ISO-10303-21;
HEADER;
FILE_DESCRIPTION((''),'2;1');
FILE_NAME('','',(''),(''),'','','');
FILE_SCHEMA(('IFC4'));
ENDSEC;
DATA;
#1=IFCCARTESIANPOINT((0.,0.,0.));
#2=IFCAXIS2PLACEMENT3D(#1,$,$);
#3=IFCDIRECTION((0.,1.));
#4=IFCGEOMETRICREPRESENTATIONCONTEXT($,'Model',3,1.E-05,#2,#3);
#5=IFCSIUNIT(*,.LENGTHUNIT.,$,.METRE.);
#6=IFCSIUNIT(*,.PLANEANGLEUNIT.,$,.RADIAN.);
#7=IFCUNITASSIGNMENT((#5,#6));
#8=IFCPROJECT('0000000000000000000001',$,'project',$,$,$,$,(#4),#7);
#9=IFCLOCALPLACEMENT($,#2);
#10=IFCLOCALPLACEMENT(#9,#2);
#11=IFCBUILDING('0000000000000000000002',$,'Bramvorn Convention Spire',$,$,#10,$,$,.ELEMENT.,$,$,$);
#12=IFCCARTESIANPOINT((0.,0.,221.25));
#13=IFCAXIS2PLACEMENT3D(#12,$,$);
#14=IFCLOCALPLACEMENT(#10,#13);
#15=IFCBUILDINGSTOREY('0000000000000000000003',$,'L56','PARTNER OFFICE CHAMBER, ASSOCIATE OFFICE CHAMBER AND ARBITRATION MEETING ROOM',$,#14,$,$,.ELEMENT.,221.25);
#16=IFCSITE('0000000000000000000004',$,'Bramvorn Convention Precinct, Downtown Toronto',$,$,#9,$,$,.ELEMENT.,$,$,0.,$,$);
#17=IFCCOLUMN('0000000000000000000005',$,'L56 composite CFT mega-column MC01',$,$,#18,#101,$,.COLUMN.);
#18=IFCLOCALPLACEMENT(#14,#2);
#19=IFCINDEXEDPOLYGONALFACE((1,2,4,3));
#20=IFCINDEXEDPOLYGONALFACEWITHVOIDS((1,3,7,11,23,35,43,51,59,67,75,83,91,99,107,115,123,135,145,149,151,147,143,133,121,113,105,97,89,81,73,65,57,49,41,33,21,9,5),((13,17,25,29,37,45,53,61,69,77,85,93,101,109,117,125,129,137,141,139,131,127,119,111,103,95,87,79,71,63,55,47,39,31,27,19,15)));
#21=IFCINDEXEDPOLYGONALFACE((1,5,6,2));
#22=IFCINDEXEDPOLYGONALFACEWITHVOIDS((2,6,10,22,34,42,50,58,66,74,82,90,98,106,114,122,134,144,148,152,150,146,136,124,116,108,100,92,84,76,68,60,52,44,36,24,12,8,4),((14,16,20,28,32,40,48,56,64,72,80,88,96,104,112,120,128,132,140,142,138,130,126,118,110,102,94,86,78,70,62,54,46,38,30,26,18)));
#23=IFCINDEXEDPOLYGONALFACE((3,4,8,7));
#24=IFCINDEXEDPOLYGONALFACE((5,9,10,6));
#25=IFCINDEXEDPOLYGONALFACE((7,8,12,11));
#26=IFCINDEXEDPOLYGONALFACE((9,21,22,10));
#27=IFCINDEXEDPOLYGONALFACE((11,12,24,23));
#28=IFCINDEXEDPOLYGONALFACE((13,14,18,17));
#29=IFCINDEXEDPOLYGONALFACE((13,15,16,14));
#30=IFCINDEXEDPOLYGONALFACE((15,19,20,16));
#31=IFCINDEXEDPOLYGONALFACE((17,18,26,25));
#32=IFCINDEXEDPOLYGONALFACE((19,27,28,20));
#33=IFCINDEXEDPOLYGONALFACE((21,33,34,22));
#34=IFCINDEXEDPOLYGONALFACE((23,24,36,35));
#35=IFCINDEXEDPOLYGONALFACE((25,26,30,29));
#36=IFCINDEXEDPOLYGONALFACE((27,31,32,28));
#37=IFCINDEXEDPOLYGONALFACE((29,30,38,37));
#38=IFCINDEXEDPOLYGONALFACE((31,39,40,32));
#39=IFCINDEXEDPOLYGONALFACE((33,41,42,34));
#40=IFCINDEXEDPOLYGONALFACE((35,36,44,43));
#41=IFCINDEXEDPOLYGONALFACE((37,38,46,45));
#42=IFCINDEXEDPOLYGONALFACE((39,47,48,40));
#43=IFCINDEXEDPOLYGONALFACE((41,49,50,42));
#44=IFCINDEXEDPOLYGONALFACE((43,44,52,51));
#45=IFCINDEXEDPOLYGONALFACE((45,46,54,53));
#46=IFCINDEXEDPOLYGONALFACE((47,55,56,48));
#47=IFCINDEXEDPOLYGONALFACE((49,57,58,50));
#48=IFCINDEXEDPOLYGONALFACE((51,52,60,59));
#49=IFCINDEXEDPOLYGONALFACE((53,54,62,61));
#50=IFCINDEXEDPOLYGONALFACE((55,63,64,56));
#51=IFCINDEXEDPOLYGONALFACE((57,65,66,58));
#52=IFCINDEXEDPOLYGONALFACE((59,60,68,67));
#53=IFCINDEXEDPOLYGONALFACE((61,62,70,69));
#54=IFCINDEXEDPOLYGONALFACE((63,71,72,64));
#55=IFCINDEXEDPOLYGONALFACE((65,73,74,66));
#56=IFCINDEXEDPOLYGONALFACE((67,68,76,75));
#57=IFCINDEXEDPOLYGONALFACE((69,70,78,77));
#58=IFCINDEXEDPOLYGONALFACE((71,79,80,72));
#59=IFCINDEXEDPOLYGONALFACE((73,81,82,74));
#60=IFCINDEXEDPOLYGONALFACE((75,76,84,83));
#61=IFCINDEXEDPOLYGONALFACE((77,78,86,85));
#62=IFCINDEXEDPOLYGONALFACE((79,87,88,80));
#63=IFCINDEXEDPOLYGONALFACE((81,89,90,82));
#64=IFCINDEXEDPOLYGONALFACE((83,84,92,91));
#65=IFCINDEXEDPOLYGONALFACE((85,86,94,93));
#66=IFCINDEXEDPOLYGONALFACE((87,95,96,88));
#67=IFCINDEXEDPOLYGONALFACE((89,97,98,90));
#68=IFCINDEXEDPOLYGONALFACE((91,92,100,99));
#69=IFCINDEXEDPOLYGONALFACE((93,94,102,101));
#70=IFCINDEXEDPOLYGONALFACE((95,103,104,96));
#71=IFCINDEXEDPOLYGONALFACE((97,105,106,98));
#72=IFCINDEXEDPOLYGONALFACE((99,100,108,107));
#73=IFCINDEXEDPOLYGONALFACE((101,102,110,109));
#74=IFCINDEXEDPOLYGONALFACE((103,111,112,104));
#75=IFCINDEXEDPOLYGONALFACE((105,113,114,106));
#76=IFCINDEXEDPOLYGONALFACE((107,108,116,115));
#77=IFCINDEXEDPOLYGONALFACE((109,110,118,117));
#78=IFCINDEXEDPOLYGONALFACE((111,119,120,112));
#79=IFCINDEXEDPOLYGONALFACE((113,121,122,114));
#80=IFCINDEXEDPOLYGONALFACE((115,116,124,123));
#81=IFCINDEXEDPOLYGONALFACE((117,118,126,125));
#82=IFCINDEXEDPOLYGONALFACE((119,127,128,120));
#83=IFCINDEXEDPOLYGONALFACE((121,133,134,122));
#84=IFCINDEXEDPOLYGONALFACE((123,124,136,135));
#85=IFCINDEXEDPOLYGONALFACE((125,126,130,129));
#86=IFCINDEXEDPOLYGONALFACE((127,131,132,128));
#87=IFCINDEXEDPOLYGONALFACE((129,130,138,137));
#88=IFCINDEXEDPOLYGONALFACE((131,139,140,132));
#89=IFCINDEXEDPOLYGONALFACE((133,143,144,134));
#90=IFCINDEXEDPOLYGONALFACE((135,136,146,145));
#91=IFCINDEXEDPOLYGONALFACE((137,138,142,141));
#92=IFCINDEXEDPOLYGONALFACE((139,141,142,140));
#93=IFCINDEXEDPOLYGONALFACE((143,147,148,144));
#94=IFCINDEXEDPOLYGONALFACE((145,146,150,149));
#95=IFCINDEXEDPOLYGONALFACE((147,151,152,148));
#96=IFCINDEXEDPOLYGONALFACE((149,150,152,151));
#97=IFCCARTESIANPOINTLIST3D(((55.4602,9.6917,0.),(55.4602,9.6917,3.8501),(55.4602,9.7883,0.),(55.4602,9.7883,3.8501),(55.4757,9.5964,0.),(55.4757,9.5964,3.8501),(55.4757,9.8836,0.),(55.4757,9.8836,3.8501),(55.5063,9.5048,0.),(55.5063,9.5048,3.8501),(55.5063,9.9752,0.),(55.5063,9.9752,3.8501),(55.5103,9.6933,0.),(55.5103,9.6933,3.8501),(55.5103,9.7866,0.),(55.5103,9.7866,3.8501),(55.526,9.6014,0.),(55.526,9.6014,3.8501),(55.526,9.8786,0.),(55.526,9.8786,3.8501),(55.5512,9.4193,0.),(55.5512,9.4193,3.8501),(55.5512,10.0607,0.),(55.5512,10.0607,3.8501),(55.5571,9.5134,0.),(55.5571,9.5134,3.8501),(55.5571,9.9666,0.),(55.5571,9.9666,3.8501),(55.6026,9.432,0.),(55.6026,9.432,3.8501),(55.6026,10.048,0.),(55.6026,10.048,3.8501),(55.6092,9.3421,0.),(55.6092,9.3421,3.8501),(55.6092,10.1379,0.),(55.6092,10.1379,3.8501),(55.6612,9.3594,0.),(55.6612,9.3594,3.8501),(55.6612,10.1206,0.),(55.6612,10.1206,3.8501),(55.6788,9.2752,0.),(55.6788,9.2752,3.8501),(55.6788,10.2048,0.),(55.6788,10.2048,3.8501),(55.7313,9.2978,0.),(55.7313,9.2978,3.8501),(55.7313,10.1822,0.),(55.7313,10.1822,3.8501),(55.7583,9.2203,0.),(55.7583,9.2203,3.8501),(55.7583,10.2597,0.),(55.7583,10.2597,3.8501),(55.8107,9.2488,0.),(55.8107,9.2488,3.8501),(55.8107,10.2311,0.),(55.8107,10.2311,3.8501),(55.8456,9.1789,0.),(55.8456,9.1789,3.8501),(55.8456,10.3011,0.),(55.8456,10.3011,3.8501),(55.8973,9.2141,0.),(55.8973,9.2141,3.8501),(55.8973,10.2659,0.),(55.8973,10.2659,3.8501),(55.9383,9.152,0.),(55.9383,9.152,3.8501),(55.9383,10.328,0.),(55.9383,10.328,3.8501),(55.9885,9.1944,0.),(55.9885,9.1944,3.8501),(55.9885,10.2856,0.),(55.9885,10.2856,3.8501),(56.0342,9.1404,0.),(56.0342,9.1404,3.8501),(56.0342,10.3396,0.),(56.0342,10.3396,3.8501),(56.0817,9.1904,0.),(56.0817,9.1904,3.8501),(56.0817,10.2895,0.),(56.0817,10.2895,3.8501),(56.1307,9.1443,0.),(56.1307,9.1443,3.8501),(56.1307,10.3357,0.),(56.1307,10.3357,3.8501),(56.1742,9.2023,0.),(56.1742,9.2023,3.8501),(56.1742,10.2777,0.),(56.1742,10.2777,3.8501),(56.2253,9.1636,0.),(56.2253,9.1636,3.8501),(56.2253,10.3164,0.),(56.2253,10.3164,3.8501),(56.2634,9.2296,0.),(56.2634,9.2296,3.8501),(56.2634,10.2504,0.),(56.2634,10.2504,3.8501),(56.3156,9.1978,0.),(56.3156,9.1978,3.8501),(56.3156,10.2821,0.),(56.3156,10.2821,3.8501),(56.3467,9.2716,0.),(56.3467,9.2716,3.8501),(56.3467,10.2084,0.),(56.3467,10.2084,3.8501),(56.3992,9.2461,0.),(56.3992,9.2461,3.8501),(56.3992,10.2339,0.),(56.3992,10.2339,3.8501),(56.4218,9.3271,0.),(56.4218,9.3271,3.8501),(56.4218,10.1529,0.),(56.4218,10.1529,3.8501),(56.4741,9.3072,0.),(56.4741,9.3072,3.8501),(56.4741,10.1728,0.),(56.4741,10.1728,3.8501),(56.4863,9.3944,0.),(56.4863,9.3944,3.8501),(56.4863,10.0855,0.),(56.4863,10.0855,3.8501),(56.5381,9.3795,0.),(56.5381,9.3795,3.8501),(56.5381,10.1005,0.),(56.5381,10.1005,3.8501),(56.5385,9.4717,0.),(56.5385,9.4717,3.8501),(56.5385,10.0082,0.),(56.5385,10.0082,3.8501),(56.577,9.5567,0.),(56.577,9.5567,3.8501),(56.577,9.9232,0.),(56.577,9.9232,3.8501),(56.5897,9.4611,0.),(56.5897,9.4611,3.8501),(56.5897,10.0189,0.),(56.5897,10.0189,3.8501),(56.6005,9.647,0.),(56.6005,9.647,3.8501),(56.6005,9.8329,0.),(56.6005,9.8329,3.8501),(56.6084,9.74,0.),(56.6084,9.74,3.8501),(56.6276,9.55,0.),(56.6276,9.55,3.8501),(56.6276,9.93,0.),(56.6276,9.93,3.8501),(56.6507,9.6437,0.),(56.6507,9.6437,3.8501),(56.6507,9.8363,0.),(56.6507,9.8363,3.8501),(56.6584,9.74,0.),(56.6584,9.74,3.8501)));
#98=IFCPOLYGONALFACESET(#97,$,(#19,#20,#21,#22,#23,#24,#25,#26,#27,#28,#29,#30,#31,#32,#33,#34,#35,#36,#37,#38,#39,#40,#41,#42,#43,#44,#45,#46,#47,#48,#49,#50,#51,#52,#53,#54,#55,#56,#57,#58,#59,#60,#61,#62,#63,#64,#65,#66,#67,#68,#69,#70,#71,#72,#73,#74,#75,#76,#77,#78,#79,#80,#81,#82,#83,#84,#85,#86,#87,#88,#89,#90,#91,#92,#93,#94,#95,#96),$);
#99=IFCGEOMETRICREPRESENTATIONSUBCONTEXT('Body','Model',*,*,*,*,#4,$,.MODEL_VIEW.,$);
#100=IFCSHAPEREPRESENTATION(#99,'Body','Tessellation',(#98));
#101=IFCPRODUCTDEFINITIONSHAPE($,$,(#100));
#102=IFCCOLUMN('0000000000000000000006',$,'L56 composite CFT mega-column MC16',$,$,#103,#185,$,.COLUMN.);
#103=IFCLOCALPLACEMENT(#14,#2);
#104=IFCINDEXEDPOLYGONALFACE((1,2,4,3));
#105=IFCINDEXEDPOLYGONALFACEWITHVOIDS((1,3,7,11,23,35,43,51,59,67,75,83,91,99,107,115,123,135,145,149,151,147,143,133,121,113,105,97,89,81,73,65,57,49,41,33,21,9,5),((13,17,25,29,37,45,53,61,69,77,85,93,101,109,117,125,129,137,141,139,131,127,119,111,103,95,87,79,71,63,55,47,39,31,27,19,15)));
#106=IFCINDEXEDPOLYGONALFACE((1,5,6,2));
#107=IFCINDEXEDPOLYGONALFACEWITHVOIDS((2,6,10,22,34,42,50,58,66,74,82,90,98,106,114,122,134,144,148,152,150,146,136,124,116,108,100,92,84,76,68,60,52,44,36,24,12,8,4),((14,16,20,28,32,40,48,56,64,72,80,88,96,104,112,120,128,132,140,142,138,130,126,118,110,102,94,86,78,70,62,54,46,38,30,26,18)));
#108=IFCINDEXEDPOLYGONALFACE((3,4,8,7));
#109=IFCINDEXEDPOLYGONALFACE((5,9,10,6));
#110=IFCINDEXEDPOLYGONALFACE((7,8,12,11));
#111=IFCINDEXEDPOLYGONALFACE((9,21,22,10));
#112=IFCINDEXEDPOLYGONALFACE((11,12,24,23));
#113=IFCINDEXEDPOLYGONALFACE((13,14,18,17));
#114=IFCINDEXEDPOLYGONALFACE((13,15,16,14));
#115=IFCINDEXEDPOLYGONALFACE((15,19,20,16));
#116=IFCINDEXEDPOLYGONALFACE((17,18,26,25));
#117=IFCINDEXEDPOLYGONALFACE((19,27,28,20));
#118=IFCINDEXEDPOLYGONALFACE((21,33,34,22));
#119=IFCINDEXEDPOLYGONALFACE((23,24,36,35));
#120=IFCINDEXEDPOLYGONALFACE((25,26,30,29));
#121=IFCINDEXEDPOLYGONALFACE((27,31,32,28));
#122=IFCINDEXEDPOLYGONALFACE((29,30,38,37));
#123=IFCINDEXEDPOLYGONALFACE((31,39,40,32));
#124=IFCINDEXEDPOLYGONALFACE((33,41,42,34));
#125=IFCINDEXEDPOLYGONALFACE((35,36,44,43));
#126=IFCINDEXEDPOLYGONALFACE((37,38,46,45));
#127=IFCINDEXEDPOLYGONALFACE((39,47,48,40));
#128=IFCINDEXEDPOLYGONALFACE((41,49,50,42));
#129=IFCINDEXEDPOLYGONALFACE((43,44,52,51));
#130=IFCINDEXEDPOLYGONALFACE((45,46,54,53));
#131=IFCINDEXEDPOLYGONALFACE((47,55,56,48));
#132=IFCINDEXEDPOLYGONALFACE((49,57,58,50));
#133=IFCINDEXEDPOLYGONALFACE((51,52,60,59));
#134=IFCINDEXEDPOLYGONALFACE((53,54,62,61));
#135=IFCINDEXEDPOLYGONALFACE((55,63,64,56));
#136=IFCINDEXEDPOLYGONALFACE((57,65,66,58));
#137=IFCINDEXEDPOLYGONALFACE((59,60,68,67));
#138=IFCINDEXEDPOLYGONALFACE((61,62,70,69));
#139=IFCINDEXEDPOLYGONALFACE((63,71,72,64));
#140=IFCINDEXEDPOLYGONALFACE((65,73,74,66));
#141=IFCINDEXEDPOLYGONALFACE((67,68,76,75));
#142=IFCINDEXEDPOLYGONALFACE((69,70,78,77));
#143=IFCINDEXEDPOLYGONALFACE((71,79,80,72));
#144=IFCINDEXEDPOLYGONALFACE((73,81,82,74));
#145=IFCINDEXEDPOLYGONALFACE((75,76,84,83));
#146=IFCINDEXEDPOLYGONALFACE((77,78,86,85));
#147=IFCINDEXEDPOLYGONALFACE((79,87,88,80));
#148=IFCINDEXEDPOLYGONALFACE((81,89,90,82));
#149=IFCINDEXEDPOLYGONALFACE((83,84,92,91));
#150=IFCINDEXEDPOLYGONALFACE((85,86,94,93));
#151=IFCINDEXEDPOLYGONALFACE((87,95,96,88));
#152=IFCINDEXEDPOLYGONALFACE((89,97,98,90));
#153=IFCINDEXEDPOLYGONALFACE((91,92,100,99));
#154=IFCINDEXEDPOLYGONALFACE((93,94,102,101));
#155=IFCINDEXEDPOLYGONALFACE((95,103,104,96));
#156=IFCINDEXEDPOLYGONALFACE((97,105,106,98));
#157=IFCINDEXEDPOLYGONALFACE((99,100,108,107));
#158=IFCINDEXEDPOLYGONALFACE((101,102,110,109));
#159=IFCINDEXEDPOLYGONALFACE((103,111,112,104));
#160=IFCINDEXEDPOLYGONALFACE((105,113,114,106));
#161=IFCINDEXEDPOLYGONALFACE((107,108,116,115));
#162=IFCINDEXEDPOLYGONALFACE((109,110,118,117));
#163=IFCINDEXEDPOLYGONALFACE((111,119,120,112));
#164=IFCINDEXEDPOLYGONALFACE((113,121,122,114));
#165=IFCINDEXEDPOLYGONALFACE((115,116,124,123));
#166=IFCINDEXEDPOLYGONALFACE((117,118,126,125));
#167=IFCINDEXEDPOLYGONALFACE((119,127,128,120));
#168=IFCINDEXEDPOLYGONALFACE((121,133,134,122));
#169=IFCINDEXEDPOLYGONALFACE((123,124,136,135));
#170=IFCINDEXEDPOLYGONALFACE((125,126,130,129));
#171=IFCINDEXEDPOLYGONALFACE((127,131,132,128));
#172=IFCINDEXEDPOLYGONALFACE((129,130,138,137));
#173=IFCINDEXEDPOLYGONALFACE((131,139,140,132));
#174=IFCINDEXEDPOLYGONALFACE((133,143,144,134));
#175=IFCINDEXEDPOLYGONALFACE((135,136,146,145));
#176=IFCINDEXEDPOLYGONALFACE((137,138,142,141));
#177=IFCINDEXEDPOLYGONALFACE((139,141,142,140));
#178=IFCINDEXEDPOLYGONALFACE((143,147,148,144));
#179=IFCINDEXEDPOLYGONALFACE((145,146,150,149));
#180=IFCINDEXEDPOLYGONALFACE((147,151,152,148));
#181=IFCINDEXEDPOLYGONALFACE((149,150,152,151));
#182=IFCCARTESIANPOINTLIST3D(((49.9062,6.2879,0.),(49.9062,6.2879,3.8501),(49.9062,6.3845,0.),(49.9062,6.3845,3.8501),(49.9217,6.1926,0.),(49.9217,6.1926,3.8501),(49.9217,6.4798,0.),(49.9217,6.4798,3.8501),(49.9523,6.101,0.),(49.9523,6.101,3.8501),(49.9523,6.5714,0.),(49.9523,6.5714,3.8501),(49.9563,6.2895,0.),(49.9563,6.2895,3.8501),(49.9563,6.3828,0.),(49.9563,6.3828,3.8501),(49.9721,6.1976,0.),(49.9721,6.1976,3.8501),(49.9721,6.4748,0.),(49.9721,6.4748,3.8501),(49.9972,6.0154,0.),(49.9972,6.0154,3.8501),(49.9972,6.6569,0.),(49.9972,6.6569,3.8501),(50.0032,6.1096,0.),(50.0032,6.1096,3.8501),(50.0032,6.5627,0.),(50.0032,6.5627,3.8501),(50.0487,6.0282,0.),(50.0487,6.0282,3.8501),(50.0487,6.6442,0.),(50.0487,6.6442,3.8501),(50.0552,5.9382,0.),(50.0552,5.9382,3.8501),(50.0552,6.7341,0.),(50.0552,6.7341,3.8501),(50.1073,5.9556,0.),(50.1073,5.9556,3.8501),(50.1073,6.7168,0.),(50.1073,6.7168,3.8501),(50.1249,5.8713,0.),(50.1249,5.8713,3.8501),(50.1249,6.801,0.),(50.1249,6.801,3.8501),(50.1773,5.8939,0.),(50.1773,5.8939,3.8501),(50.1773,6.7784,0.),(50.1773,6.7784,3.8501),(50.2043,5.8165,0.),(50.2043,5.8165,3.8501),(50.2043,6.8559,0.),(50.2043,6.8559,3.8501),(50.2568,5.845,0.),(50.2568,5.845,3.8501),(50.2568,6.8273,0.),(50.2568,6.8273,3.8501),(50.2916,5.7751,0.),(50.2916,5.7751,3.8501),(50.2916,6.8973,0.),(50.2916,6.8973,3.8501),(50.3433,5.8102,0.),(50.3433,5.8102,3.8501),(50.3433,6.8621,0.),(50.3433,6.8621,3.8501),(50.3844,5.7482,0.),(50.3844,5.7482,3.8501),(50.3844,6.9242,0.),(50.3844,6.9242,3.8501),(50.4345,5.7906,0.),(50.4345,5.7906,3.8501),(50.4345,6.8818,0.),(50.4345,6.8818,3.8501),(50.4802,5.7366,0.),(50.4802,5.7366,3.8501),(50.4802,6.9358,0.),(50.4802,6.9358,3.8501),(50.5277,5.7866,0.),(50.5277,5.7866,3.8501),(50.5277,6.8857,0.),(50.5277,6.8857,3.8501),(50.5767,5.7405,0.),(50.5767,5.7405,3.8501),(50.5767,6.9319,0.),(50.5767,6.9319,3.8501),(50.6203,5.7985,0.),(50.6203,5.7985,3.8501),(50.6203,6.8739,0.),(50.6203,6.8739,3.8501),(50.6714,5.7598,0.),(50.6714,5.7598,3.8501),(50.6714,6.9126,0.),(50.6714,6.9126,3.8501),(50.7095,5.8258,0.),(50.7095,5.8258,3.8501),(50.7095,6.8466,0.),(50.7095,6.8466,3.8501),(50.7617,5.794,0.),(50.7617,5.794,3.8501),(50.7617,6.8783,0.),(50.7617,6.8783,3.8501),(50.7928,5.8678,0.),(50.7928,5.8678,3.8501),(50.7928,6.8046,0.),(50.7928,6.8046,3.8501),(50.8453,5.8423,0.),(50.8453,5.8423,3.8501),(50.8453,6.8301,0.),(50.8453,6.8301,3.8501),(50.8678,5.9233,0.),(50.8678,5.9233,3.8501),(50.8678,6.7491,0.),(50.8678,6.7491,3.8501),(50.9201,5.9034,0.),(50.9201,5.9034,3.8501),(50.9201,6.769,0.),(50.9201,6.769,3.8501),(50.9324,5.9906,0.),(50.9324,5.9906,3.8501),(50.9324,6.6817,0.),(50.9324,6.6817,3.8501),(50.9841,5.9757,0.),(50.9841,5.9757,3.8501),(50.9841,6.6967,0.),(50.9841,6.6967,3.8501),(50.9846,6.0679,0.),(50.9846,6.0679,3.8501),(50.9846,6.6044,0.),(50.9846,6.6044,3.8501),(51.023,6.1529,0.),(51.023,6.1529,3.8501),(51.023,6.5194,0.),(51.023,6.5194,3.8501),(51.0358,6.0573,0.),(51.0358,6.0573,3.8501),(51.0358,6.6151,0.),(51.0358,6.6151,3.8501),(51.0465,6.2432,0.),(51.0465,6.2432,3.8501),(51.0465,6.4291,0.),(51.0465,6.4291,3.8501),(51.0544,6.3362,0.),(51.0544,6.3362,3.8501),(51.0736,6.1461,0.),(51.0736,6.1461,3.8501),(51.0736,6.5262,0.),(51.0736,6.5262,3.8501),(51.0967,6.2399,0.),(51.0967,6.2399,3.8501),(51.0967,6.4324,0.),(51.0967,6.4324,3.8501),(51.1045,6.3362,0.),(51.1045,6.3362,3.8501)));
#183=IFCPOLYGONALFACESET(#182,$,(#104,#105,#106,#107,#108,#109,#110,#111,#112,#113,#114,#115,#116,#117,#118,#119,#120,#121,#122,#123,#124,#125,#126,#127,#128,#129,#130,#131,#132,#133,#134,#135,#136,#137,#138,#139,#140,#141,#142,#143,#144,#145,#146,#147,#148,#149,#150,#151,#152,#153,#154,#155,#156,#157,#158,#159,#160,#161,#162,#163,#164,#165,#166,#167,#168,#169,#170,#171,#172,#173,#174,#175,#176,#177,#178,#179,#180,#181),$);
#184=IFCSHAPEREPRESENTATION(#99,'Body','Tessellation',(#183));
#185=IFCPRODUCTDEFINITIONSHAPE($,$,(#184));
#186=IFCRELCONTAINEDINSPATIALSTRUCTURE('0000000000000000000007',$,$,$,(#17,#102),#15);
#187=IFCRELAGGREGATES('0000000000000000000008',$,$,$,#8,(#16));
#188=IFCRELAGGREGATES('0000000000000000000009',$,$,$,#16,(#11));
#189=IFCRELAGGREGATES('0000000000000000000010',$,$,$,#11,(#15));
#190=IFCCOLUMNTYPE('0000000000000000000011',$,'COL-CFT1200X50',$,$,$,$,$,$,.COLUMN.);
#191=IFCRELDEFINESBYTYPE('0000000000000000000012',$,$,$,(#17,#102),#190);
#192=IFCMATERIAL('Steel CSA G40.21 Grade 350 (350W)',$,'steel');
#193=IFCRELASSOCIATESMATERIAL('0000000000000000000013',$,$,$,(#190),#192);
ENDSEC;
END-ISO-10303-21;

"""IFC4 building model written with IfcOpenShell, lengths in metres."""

from ifc_helpers import new_model, si_unit, direction, frame, origin, origin_2d, place, context, subcontext, project, spatial, hollow_circle, extrude, material, material_profile, profile_set, type_object, element, save


model = new_model("IFC4")

# Units and contexts
model_context = context("Model", 3, precision=1e-05, world=origin(), true_north=direction((0.0, 1.0)))
body_context = subcontext(model_context, "Body", "Model", "MODEL_VIEW")
ifc_project = project(units=[si_unit("LENGTHUNIT", "METRE"), si_unit("PLANEANGLEUNIT", "RADIAN")], contexts=[model_context])

# Site, building, storey
site_placement = place(None, origin())
site = spatial("IfcSite", under=ifc_project, at=site_placement, Name="Bramvorn Convention Precinct, Downtown Toronto", CompositionType="ELEMENT", RefElevation=0.0)
building_placement = place(site_placement, origin())
building = spatial("IfcBuilding", under=site, at=building_placement, Name="Bramvorn Convention Spire", CompositionType="ELEMENT")
storey_placement = place(building_placement, frame((0.0, 0.0, 221.25)))
storey = spatial("IfcBuildingStorey", under=building, at=storey_placement, Name="L56", Description="PARTNER OFFICE CHAMBER, ASSOCIATE OFFICE CHAMBER AND ARBITRATION MEETING ROOM", CompositionType="ELEMENT", Elevation=221.25)

# Columns
ifc_material_1 = material(Name="Steel CSA G40.21 Grade 350 (350W)", Category="steel")
ifc_material_profile_1 = material_profile(ifc_material_1, hollow_circle(Radius=0.6001, WallThickness=0.05, at=origin_2d()))
ifc_profile_set_1 = profile_set([ifc_material_profile_1], Name="Steel CSA G40.21 Grade 350 (350W) - CFT1200X50")
column_type = type_object("IfcColumnType", Name="COL-CFT1200X50", PredefinedType="COLUMN", material=ifc_profile_set_1)
for number, where, z_axis, x_axis, name in (
    (1, (56.0583, 9.74, 0.0), (0.0, 0.0, 1.0), (1.0, 0.0, 0.0), "L56 composite CFT mega-column MC01"),
    (2, (50.5044, 6.3362, 0.0), (0.0, 0.0, 1.0), (1.0, 0.0, 0.0), "L56 composite CFT mega-column MC16"),
):
    element("IfcColumn", number, at=place(storey_placement, frame(where, z_axis=z_axis, x_axis=x_axis)), inside=storey, type_object=column_type, Name=name, PredefinedType="COLUMN", context=body_context, shape_type="SweptSolid", body=[
        extrude(hollow_circle(Radius=0.6001, WallThickness=0.05, at=origin_2d()), origin(), (0.0, 0.0, 1.0), 3.8501),
    ])

save(model, "model.ifc")
